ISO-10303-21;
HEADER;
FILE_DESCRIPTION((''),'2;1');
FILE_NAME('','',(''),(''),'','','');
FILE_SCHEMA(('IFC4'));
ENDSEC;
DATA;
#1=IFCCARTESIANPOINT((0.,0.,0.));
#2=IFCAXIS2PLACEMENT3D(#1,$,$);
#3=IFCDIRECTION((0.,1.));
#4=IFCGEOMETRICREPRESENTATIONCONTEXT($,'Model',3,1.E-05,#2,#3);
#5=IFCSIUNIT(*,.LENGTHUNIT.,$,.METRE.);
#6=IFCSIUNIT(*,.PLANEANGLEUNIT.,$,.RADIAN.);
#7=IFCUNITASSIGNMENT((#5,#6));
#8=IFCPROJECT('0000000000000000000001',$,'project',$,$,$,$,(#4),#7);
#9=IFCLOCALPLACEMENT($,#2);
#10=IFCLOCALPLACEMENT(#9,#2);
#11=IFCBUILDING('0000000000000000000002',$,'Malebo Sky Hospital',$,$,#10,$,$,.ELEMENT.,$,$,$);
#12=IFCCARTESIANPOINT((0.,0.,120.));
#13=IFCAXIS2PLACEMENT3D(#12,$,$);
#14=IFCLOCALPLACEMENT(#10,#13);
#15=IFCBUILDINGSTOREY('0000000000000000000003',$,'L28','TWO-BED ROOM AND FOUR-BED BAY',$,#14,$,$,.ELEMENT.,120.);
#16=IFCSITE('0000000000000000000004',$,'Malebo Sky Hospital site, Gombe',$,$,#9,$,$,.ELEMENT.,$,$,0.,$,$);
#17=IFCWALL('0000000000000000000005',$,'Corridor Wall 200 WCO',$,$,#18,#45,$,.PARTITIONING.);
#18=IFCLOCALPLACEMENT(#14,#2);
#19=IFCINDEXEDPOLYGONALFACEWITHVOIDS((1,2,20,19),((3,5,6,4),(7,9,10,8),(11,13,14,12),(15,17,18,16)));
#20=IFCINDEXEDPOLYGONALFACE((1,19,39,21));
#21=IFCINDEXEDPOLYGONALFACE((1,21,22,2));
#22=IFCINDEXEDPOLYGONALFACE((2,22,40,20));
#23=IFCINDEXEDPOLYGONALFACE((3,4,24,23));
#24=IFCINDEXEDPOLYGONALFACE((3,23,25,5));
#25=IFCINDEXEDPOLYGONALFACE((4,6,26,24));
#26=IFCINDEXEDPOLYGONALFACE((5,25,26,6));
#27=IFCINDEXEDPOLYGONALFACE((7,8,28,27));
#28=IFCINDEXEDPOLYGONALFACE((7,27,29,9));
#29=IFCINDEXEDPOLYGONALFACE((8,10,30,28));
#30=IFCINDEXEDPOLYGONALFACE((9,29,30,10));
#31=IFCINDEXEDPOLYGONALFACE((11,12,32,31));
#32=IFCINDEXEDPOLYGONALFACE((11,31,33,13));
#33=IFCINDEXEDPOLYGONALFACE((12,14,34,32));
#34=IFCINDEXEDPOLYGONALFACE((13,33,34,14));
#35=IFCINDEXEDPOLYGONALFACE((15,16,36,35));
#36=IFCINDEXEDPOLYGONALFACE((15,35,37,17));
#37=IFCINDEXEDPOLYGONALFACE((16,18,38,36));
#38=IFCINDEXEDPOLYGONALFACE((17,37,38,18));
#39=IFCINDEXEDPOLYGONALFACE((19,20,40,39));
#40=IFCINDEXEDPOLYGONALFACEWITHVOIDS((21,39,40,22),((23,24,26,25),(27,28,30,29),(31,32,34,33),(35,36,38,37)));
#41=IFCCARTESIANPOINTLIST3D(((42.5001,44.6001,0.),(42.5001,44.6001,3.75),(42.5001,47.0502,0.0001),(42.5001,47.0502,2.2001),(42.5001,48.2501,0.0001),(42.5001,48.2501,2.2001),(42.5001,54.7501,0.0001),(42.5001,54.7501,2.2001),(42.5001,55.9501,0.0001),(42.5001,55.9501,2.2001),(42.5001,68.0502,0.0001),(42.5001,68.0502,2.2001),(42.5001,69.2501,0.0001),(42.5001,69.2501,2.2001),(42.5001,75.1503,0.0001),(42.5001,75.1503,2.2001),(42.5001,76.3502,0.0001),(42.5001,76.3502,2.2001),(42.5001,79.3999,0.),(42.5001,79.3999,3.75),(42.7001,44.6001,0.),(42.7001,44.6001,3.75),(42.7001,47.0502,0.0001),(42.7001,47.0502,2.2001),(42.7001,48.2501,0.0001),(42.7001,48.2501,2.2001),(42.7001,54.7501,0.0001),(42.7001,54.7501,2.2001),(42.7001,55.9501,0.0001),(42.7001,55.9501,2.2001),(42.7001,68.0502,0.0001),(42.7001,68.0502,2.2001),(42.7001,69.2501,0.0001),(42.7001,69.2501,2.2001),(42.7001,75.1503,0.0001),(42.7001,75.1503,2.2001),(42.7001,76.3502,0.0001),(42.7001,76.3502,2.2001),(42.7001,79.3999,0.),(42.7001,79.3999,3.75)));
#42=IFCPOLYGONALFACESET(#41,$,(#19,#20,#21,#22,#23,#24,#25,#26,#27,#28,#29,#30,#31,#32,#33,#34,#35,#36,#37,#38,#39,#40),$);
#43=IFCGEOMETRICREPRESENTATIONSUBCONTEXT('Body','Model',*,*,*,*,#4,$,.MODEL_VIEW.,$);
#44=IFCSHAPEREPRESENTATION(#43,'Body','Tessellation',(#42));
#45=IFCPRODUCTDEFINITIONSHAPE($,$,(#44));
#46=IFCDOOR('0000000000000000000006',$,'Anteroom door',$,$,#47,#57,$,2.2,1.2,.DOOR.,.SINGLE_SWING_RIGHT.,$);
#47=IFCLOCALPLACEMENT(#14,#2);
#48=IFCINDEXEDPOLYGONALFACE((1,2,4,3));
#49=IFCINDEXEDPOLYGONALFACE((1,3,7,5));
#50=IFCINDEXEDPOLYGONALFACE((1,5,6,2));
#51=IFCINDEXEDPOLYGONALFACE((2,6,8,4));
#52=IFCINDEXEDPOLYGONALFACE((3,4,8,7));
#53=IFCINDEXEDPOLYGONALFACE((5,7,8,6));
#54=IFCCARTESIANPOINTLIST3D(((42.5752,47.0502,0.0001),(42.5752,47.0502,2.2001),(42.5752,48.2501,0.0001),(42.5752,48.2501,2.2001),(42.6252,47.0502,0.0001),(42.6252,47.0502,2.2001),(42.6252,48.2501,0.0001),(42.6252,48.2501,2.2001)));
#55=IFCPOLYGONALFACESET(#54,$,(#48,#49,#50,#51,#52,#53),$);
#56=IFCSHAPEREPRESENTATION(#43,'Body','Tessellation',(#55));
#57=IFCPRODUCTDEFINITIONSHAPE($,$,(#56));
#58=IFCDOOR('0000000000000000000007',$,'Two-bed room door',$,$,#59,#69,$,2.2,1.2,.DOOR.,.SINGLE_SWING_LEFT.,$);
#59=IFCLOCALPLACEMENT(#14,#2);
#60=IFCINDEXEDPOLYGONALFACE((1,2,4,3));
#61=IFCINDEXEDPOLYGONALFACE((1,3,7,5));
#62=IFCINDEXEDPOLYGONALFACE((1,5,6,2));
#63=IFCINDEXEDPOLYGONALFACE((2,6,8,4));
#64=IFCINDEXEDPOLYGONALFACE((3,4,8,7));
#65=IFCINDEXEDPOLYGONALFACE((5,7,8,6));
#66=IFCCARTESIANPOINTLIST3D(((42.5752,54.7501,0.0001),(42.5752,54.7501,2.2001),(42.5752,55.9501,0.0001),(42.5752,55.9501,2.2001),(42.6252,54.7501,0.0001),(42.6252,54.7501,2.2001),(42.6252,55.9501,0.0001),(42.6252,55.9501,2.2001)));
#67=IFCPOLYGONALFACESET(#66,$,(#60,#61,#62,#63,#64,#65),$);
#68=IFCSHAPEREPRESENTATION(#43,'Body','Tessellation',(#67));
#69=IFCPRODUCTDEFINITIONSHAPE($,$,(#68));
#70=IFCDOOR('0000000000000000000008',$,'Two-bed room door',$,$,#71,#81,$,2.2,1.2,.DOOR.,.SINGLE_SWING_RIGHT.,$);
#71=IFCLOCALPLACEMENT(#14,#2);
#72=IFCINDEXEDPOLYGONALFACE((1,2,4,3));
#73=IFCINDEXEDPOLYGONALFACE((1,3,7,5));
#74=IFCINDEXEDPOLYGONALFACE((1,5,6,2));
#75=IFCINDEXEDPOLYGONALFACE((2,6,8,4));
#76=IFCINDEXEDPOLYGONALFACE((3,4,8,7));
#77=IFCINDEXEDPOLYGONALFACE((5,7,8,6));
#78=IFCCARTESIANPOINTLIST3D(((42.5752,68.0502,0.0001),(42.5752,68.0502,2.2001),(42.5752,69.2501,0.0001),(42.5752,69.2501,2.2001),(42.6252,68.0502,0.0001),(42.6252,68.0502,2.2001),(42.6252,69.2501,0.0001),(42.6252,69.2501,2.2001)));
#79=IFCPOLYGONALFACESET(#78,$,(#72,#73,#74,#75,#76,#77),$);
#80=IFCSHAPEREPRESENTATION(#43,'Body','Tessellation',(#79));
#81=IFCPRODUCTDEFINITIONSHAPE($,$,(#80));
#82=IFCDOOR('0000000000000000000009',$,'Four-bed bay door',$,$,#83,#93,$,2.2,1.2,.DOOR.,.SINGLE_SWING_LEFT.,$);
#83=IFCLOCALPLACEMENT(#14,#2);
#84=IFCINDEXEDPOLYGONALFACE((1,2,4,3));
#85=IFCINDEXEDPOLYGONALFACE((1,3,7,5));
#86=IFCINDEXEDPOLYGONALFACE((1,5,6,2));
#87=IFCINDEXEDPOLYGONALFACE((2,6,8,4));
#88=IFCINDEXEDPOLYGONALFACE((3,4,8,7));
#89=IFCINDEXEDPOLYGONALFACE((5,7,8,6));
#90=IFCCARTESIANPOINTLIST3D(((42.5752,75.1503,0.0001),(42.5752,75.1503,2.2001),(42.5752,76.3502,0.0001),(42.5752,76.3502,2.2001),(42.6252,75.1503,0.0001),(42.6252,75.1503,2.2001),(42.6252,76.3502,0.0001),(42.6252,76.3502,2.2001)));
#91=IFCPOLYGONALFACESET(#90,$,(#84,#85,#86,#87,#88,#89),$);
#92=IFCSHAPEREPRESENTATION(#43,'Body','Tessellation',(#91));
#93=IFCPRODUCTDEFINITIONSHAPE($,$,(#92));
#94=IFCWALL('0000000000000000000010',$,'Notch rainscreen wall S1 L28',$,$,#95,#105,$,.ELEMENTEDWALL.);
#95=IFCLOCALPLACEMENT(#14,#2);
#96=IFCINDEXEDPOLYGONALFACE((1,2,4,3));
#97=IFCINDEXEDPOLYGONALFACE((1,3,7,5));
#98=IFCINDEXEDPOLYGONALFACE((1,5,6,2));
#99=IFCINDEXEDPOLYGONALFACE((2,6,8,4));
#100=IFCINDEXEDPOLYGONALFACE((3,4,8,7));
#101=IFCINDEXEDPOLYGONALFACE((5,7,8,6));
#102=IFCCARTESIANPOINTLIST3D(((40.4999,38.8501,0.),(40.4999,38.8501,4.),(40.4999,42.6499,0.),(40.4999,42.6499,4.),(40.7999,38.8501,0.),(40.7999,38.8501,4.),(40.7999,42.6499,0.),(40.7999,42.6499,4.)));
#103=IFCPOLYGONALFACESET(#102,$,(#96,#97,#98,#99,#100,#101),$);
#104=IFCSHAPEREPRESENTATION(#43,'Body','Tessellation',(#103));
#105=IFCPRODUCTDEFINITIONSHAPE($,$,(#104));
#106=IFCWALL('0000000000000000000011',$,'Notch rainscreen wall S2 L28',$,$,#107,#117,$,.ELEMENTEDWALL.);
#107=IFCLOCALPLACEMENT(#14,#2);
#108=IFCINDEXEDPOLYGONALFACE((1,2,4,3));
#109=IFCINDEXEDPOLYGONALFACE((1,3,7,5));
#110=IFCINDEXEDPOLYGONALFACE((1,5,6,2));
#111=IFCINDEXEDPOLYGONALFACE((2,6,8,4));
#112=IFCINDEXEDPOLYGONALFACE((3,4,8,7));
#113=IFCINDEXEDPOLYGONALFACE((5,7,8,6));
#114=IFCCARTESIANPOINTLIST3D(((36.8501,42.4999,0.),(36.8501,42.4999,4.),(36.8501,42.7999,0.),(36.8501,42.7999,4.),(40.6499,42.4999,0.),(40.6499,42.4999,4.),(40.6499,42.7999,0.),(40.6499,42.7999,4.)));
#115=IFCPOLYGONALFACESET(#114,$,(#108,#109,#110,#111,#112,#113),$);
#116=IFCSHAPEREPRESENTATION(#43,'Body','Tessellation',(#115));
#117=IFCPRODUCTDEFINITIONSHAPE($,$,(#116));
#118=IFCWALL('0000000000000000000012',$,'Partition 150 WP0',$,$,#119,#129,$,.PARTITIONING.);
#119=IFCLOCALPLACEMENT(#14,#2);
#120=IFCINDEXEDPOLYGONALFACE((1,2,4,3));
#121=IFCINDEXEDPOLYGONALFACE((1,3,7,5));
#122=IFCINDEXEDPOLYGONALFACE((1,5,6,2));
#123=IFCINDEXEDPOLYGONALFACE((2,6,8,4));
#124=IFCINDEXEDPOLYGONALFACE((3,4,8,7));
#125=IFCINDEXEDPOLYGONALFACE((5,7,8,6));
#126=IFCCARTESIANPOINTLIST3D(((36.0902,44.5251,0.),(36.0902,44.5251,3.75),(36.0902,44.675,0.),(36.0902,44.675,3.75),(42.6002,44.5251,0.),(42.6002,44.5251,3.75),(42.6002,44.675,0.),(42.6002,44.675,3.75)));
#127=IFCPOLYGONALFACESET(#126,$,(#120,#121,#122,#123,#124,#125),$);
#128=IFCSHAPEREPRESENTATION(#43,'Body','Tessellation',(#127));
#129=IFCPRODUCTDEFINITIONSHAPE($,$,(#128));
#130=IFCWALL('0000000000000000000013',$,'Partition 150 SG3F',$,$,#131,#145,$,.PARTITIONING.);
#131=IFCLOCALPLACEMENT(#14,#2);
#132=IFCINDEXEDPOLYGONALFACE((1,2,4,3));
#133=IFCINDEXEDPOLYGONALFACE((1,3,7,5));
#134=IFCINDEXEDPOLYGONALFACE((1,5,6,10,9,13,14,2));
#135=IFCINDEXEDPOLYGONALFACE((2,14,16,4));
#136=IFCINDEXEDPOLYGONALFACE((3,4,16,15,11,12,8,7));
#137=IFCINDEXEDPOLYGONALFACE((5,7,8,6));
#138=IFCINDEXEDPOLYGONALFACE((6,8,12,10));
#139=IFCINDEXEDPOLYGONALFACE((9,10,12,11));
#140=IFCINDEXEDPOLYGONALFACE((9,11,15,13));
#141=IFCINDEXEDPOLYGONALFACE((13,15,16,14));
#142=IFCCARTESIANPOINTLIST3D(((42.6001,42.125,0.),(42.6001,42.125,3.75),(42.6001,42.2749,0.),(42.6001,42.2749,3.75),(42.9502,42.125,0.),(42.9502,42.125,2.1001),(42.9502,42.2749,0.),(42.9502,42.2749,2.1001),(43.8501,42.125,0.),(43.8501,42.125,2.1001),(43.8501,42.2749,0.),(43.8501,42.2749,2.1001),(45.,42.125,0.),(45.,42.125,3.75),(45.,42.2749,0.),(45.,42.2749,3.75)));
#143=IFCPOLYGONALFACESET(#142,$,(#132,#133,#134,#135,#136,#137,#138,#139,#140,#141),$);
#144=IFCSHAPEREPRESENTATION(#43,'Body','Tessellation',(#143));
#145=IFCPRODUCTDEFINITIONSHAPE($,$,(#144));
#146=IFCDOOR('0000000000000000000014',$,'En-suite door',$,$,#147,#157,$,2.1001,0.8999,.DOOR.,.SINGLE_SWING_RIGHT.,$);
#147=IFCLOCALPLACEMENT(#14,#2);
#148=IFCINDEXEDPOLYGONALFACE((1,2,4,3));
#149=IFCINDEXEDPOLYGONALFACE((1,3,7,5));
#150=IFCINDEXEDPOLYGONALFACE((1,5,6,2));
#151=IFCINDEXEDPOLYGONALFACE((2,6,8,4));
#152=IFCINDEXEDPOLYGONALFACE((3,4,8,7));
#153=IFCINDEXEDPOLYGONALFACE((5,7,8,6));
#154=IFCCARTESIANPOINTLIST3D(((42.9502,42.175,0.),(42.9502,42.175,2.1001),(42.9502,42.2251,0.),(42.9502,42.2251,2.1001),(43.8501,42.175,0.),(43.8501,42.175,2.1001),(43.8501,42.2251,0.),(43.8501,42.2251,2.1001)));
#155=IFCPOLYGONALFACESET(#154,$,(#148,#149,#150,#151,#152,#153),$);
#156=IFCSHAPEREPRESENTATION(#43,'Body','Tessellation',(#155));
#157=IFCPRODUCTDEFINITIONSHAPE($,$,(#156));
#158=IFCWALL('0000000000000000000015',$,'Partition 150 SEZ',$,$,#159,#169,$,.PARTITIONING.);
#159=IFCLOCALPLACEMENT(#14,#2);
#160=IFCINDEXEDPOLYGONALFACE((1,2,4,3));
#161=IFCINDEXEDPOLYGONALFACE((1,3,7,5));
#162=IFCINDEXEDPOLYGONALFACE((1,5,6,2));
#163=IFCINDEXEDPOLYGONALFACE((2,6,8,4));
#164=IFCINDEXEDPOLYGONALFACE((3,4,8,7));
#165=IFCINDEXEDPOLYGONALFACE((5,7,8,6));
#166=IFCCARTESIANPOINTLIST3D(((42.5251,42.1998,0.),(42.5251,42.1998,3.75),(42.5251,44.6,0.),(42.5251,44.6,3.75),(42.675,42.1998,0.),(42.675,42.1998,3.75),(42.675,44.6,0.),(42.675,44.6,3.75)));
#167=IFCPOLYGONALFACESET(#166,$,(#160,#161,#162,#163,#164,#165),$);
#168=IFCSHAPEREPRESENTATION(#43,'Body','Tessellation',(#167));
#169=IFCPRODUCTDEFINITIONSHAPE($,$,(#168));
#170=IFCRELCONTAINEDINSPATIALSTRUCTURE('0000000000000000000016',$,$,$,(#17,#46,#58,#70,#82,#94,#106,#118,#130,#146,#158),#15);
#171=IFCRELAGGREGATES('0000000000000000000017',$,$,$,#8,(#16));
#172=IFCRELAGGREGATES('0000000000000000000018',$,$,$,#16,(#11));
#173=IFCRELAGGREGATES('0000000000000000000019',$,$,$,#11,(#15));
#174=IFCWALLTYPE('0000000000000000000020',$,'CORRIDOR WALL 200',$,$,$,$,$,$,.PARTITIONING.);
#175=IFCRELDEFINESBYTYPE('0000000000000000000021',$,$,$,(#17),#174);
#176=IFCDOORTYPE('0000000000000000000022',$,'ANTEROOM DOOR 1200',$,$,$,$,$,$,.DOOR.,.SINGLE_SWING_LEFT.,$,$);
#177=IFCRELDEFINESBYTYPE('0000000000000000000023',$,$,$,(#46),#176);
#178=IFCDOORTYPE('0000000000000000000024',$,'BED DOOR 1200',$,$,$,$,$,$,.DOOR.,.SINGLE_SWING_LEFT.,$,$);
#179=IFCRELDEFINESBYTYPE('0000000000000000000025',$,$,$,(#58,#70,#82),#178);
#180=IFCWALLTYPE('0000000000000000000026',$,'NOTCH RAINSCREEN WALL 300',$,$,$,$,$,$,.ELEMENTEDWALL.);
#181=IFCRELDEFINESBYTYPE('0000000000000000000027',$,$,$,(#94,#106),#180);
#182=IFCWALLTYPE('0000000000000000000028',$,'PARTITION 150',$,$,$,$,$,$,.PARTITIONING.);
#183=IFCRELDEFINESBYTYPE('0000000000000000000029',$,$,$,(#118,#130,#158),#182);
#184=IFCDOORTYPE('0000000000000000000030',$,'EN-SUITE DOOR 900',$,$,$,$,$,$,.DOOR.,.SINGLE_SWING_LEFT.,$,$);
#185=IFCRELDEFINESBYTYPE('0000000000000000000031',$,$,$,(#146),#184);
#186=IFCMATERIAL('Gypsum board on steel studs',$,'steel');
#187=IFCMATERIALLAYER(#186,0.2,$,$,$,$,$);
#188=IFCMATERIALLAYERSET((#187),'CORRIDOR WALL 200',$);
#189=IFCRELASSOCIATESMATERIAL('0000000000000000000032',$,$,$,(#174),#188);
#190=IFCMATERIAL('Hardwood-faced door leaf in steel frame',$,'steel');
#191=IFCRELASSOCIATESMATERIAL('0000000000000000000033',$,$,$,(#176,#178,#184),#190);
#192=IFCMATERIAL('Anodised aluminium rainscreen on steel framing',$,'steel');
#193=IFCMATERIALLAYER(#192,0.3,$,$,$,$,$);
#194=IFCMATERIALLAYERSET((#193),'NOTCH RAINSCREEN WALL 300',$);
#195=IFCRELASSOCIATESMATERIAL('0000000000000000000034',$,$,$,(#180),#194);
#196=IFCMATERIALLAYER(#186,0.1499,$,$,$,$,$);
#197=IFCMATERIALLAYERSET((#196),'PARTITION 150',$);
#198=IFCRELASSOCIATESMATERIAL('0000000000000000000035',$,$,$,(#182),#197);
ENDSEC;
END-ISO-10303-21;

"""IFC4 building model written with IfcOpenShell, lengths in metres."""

from ifc_helpers import new_model, si_unit, direction, frame, frame_2d, origin, place, context, subcontext, project, spatial, rectangle, extrude, material, layer, layer_set, type_object, element, fill, save


model = new_model("IFC4")

# Units and contexts
model_context = context("Model", 3, precision=1e-05, world=origin(), true_north=direction((0.0, 1.0)))
body_context = subcontext(model_context, "Body", "Model", "MODEL_VIEW")
ifc_project = project(units=[si_unit("LENGTHUNIT", "METRE"), si_unit("PLANEANGLEUNIT", "RADIAN")], contexts=[model_context])

# Site, building, storey
site_placement = place(None, origin())
site = spatial("IfcSite", under=ifc_project, at=site_placement, Name="Malebo Sky Hospital site, Gombe", CompositionType="ELEMENT", RefElevation=0.0)
building_placement = place(site_placement, origin())
building = spatial("IfcBuilding", under=site, at=building_placement, Name="Malebo Sky Hospital", CompositionType="ELEMENT")
storey_placement = place(building_placement, frame((0.0, 0.0, 120.0)))
storey = spatial("IfcBuildingStorey", under=building, at=storey_placement, Name="L28", Description="TWO-BED ROOM AND FOUR-BED BAY", CompositionType="ELEMENT", Elevation=120.0)

# Wall, openings, doors
ifc_material_1 = material(Name="Gypsum board on steel studs", Category="steel")
ifc_layer_1 = layer(ifc_material_1, 0.2)
ifc_layer_set_1 = layer_set([ifc_layer_1], Name="CORRIDOR WALL 200")
wall_type_1 = type_object("IfcWallType", Name="CORRIDOR WALL 200", PredefinedType="PARTITIONING", material=ifc_layer_set_1)
wall_1_placement = place(storey_placement, frame((42.6001, 44.6001, 0.0), z_axis=(0.0, 0.0, 1.0), x_axis=(0.0, 1.0, 0.0)))
wall_1 = element("IfcWall", 1, at=wall_1_placement, inside=storey, type_object=wall_type_1, Name="Corridor Wall 200 WCO", PredefinedType="PARTITIONING", context=body_context, shape_type="SweptSolid", body=[
    extrude(rectangle(XDim=34.7998, YDim=0.2, at=frame_2d((17.3999, 0.0))), origin(), (0.0, 0.0, 1.0), 3.75),
])
opening_1_placement = place(wall_1_placement, frame((2.45, 0.0, 0.0)))
opening_1 = element("IfcOpeningElement", 2, at=opening_1_placement, cuts=wall_1, PredefinedType="OPENING", context=body_context, shape_type="SweptSolid", body=[
    extrude(rectangle(XDim=1.2, YDim=2.2, at=frame_2d((0.6001, 1.1001))), frame((0.0, 0.1099, 0.0), z_axis=(0.0, -1.0, 0.0), x_axis=(1.0, 0.0, 0.0)), (0.0, 0.0, 1.0), 0.22),
])
opening_2_placement = place(wall_1_placement, frame((10.1499, 0.0, 0.0)))
opening_2 = element("IfcOpeningElement", 3, at=opening_2_placement, cuts=wall_1, PredefinedType="OPENING", context=body_context, shape_type="SweptSolid", body=[
    extrude(rectangle(XDim=1.2, YDim=2.2, at=frame_2d((0.6001, 1.1001))), frame((0.0, 0.1099, 0.0), z_axis=(0.0, -1.0, 0.0), x_axis=(1.0, 0.0, 0.0)), (0.0, 0.0, 1.0), 0.22),
])
opening_3_placement = place(wall_1_placement, frame((23.45, 0.0, 0.0)))
opening_3 = element("IfcOpeningElement", 4, at=opening_3_placement, cuts=wall_1, PredefinedType="OPENING", context=body_context, shape_type="SweptSolid", body=[
    extrude(rectangle(XDim=1.2, YDim=2.2, at=frame_2d((0.6001, 1.1001))), frame((0.0, 0.1099, 0.0), z_axis=(0.0, -1.0, 0.0), x_axis=(1.0, 0.0, 0.0)), (0.0, 0.0, 1.0), 0.22),
])
opening_4_placement = place(wall_1_placement, frame((30.55, 0.0, 0.0)))
opening_4 = element("IfcOpeningElement", 5, at=opening_4_placement, cuts=wall_1, PredefinedType="OPENING", context=body_context, shape_type="SweptSolid", body=[
    extrude(rectangle(XDim=1.2, YDim=2.2, at=frame_2d((0.6001, 1.1001))), frame((0.0, 0.1099, 0.0), z_axis=(0.0, -1.0, 0.0), x_axis=(1.0, 0.0, 0.0)), (0.0, 0.0, 1.0), 0.22),
])
ifc_material_2 = material(Name="Hardwood-faced door leaf in steel frame", Category="steel")
door_type_1 = type_object("IfcDoorType", Name="ANTEROOM DOOR 1200", OperationType="SINGLE_SWING_LEFT", PredefinedType="DOOR", material=ifc_material_2)
door_1_placement = place(opening_1_placement, origin())
door_1 = element("IfcDoor", 6, at=door_1_placement, inside=storey, type_object=door_type_1, Name="Anteroom door", OperationType="SINGLE_SWING_RIGHT", OverallHeight=2.2, OverallWidth=1.2, PredefinedType="DOOR", context=body_context, shape_type="SweptSolid", body=[
    extrude(rectangle(XDim=1.2, YDim=2.2, at=frame_2d((0.6001, 1.1001))), frame((0.0, 0.0249, 0.0), z_axis=(0.0, -1.0, 0.0), x_axis=(1.0, 0.0, 0.0)), (0.0, 0.0, 1.0), 0.05),
])
fill(opening_1, door_1)
door_type_2 = type_object("IfcDoorType", Name="BED DOOR 1200", OperationType="SINGLE_SWING_LEFT", PredefinedType="DOOR", material=ifc_material_2)
door_2_placement = place(opening_2_placement, origin())
door_2 = element("IfcDoor", 7, at=door_2_placement, inside=storey, type_object=door_type_2, Name="Two-bed room door", OperationType="SINGLE_SWING_LEFT", OverallHeight=2.2, OverallWidth=1.2, PredefinedType="DOOR", context=body_context, shape_type="SweptSolid", body=[
    extrude(rectangle(XDim=1.2, YDim=2.2, at=frame_2d((0.6001, 1.1001))), frame((0.0, 0.0249, 0.0), z_axis=(0.0, -1.0, 0.0), x_axis=(1.0, 0.0, 0.0)), (0.0, 0.0, 1.0), 0.05),
])
fill(opening_2, door_2)
door_3_placement = place(opening_3_placement, origin())
door_3 = element("IfcDoor", 8, at=door_3_placement, inside=storey, type_object=door_type_2, Name="Two-bed room door", OperationType="SINGLE_SWING_RIGHT", OverallHeight=2.2, OverallWidth=1.2, PredefinedType="DOOR", context=body_context, shape_type="SweptSolid", body=[
    extrude(rectangle(XDim=1.2, YDim=2.2, at=frame_2d((0.6001, 1.1001))), frame((0.0, 0.0249, 0.0), z_axis=(0.0, -1.0, 0.0), x_axis=(1.0, 0.0, 0.0)), (0.0, 0.0, 1.0), 0.05),
])
fill(opening_3, door_3)
door_4_placement = place(opening_4_placement, origin())
door_4 = element("IfcDoor", 9, at=door_4_placement, inside=storey, type_object=door_type_2, Name="Four-bed bay door", OperationType="SINGLE_SWING_LEFT", OverallHeight=2.2, OverallWidth=1.2, PredefinedType="DOOR", context=body_context, shape_type="SweptSolid", body=[
    extrude(rectangle(XDim=1.2, YDim=2.2, at=frame_2d((0.6001, 1.1001))), frame((0.0, 0.0249, 0.0), z_axis=(0.0, -1.0, 0.0), x_axis=(1.0, 0.0, 0.0)), (0.0, 0.0, 1.0), 0.05),
])
fill(opening_4, door_4)

# Walls
ifc_material_3 = material(Name="Anodised aluminium rainscreen on steel framing", Category="steel")
ifc_layer_2 = layer(ifc_material_3, 0.3)
ifc_layer_set_2 = layer_set([ifc_layer_2], Name="NOTCH RAINSCREEN WALL 300")
wall_type_2 = type_object("IfcWallType", Name="NOTCH RAINSCREEN WALL 300", PredefinedType="ELEMENTEDWALL", material=ifc_layer_set_2)
for number, where, z_axis, x_axis, name in (
    (10, (40.6499, 38.8501, 0.0), (0.0, 0.0, 1.0), (0.0, 1.0, 0.0), "Notch rainscreen wall S1 L28"),
    (11, (40.6499, 42.6499, 0.0), (0.0, 0.0, 1.0), (-1.0, 0.0, 0.0), "Notch rainscreen wall S2 L28"),
):
    element("IfcWall", number, at=place(storey_placement, frame(where, z_axis=z_axis, x_axis=x_axis)), inside=storey, type_object=wall_type_2, Name=name, PredefinedType="ELEMENTEDWALL", context=body_context, shape_type="SweptSolid", body=[
        extrude(rectangle(XDim=3.7998, YDim=0.3, at=frame_2d((1.8999, 0.0))), origin(), (0.0, 0.0, 1.0), 4.0),
    ])
ifc_layer_3 = layer(ifc_material_1, 0.1499)
ifc_layer_set_3 = layer_set([ifc_layer_3], Name="PARTITION 150")
wall_type_3 = type_object("IfcWallType", Name="PARTITION 150", PredefinedType="PARTITIONING", material=ifc_layer_set_3)
wall_2_placement = place(storey_placement, frame((42.6001, 44.6001, 0.0), z_axis=(0.0, 0.0, 1.0), x_axis=(-1.0, 0.0, 0.0)))
element("IfcWall", 12, at=wall_2_placement, inside=storey, type_object=wall_type_3, Name="Partition 150 WP0", PredefinedType="PARTITIONING", context=body_context, shape_type="SweptSolid", body=[
    extrude(rectangle(XDim=6.51, YDim=0.1499, at=frame_2d((3.2549, 0.0))), origin(), (0.0, 0.0, 1.0), 3.75),
])

# Wall, opening, door
wall_3_placement = place(storey_placement, frame((45.0, 42.2, 0.0), z_axis=(0.0, 0.0, 1.0), x_axis=(-1.0, 0.0, 0.0)))
wall_3 = element("IfcWall", 13, at=wall_3_placement, inside=storey, type_object=wall_type_3, Name="Partition 150 SG3F", PredefinedType="PARTITIONING", context=body_context, shape_type="SweptSolid", body=[
    extrude(rectangle(XDim=2.3999, YDim=0.1499, at=frame_2d((1.2, 0.0))), origin(), (0.0, 0.0, 1.0), 3.75),
])
opening_5_placement = place(wall_3_placement, frame((1.1499, 0.0, 0.0)))
opening_5 = element("IfcOpeningElement", 14, at=opening_5_placement, cuts=wall_3, PredefinedType="OPENING", context=body_context, shape_type="SweptSolid", body=[
    extrude(rectangle(XDim=0.8999, YDim=2.1001, at=frame_2d((0.45, 1.05))), frame((0.0, 0.085, 0.0), z_axis=(0.0, -1.0, 0.0), x_axis=(1.0, 0.0, 0.0)), (0.0, 0.0, 1.0), 0.1699),
])
door_type_3 = type_object("IfcDoorType", Name="EN-SUITE DOOR 900", OperationType="SINGLE_SWING_LEFT", PredefinedType="DOOR", material=ifc_material_2)
door_5_placement = place(opening_5_placement, origin())
door_5 = element("IfcDoor", 15, at=door_5_placement, inside=storey, type_object=door_type_3, Name="En-suite door", OperationType="SINGLE_SWING_RIGHT", OverallHeight=2.1001, OverallWidth=0.8999, PredefinedType="DOOR", context=body_context, shape_type="SweptSolid", body=[
    extrude(rectangle(XDim=0.8999, YDim=2.1001, at=frame_2d((0.45, 1.05))), frame((0.0, 0.0249, 0.0), z_axis=(0.0, -1.0, 0.0), x_axis=(1.0, 0.0, 0.0)), (0.0, 0.0, 1.0), 0.05),
])
fill(opening_5, door_5)

# Wall
wall_4_placement = place(storey_placement, frame((42.6001, 44.6001, 0.0), z_axis=(0.0, 0.0, 1.0), x_axis=(0.0, -1.0, 0.0)))
element("IfcWall", 16, at=wall_4_placement, inside=storey, type_object=wall_type_3, Name="Partition 150 SEZ", PredefinedType="PARTITIONING", context=body_context, shape_type="SweptSolid", body=[
    extrude(rectangle(XDim=2.4001, YDim=0.1499, at=frame_2d((1.2002, 0.0))), origin(), (0.0, 0.0, 1.0), 3.75),
])

save(model, "model.ifc")
